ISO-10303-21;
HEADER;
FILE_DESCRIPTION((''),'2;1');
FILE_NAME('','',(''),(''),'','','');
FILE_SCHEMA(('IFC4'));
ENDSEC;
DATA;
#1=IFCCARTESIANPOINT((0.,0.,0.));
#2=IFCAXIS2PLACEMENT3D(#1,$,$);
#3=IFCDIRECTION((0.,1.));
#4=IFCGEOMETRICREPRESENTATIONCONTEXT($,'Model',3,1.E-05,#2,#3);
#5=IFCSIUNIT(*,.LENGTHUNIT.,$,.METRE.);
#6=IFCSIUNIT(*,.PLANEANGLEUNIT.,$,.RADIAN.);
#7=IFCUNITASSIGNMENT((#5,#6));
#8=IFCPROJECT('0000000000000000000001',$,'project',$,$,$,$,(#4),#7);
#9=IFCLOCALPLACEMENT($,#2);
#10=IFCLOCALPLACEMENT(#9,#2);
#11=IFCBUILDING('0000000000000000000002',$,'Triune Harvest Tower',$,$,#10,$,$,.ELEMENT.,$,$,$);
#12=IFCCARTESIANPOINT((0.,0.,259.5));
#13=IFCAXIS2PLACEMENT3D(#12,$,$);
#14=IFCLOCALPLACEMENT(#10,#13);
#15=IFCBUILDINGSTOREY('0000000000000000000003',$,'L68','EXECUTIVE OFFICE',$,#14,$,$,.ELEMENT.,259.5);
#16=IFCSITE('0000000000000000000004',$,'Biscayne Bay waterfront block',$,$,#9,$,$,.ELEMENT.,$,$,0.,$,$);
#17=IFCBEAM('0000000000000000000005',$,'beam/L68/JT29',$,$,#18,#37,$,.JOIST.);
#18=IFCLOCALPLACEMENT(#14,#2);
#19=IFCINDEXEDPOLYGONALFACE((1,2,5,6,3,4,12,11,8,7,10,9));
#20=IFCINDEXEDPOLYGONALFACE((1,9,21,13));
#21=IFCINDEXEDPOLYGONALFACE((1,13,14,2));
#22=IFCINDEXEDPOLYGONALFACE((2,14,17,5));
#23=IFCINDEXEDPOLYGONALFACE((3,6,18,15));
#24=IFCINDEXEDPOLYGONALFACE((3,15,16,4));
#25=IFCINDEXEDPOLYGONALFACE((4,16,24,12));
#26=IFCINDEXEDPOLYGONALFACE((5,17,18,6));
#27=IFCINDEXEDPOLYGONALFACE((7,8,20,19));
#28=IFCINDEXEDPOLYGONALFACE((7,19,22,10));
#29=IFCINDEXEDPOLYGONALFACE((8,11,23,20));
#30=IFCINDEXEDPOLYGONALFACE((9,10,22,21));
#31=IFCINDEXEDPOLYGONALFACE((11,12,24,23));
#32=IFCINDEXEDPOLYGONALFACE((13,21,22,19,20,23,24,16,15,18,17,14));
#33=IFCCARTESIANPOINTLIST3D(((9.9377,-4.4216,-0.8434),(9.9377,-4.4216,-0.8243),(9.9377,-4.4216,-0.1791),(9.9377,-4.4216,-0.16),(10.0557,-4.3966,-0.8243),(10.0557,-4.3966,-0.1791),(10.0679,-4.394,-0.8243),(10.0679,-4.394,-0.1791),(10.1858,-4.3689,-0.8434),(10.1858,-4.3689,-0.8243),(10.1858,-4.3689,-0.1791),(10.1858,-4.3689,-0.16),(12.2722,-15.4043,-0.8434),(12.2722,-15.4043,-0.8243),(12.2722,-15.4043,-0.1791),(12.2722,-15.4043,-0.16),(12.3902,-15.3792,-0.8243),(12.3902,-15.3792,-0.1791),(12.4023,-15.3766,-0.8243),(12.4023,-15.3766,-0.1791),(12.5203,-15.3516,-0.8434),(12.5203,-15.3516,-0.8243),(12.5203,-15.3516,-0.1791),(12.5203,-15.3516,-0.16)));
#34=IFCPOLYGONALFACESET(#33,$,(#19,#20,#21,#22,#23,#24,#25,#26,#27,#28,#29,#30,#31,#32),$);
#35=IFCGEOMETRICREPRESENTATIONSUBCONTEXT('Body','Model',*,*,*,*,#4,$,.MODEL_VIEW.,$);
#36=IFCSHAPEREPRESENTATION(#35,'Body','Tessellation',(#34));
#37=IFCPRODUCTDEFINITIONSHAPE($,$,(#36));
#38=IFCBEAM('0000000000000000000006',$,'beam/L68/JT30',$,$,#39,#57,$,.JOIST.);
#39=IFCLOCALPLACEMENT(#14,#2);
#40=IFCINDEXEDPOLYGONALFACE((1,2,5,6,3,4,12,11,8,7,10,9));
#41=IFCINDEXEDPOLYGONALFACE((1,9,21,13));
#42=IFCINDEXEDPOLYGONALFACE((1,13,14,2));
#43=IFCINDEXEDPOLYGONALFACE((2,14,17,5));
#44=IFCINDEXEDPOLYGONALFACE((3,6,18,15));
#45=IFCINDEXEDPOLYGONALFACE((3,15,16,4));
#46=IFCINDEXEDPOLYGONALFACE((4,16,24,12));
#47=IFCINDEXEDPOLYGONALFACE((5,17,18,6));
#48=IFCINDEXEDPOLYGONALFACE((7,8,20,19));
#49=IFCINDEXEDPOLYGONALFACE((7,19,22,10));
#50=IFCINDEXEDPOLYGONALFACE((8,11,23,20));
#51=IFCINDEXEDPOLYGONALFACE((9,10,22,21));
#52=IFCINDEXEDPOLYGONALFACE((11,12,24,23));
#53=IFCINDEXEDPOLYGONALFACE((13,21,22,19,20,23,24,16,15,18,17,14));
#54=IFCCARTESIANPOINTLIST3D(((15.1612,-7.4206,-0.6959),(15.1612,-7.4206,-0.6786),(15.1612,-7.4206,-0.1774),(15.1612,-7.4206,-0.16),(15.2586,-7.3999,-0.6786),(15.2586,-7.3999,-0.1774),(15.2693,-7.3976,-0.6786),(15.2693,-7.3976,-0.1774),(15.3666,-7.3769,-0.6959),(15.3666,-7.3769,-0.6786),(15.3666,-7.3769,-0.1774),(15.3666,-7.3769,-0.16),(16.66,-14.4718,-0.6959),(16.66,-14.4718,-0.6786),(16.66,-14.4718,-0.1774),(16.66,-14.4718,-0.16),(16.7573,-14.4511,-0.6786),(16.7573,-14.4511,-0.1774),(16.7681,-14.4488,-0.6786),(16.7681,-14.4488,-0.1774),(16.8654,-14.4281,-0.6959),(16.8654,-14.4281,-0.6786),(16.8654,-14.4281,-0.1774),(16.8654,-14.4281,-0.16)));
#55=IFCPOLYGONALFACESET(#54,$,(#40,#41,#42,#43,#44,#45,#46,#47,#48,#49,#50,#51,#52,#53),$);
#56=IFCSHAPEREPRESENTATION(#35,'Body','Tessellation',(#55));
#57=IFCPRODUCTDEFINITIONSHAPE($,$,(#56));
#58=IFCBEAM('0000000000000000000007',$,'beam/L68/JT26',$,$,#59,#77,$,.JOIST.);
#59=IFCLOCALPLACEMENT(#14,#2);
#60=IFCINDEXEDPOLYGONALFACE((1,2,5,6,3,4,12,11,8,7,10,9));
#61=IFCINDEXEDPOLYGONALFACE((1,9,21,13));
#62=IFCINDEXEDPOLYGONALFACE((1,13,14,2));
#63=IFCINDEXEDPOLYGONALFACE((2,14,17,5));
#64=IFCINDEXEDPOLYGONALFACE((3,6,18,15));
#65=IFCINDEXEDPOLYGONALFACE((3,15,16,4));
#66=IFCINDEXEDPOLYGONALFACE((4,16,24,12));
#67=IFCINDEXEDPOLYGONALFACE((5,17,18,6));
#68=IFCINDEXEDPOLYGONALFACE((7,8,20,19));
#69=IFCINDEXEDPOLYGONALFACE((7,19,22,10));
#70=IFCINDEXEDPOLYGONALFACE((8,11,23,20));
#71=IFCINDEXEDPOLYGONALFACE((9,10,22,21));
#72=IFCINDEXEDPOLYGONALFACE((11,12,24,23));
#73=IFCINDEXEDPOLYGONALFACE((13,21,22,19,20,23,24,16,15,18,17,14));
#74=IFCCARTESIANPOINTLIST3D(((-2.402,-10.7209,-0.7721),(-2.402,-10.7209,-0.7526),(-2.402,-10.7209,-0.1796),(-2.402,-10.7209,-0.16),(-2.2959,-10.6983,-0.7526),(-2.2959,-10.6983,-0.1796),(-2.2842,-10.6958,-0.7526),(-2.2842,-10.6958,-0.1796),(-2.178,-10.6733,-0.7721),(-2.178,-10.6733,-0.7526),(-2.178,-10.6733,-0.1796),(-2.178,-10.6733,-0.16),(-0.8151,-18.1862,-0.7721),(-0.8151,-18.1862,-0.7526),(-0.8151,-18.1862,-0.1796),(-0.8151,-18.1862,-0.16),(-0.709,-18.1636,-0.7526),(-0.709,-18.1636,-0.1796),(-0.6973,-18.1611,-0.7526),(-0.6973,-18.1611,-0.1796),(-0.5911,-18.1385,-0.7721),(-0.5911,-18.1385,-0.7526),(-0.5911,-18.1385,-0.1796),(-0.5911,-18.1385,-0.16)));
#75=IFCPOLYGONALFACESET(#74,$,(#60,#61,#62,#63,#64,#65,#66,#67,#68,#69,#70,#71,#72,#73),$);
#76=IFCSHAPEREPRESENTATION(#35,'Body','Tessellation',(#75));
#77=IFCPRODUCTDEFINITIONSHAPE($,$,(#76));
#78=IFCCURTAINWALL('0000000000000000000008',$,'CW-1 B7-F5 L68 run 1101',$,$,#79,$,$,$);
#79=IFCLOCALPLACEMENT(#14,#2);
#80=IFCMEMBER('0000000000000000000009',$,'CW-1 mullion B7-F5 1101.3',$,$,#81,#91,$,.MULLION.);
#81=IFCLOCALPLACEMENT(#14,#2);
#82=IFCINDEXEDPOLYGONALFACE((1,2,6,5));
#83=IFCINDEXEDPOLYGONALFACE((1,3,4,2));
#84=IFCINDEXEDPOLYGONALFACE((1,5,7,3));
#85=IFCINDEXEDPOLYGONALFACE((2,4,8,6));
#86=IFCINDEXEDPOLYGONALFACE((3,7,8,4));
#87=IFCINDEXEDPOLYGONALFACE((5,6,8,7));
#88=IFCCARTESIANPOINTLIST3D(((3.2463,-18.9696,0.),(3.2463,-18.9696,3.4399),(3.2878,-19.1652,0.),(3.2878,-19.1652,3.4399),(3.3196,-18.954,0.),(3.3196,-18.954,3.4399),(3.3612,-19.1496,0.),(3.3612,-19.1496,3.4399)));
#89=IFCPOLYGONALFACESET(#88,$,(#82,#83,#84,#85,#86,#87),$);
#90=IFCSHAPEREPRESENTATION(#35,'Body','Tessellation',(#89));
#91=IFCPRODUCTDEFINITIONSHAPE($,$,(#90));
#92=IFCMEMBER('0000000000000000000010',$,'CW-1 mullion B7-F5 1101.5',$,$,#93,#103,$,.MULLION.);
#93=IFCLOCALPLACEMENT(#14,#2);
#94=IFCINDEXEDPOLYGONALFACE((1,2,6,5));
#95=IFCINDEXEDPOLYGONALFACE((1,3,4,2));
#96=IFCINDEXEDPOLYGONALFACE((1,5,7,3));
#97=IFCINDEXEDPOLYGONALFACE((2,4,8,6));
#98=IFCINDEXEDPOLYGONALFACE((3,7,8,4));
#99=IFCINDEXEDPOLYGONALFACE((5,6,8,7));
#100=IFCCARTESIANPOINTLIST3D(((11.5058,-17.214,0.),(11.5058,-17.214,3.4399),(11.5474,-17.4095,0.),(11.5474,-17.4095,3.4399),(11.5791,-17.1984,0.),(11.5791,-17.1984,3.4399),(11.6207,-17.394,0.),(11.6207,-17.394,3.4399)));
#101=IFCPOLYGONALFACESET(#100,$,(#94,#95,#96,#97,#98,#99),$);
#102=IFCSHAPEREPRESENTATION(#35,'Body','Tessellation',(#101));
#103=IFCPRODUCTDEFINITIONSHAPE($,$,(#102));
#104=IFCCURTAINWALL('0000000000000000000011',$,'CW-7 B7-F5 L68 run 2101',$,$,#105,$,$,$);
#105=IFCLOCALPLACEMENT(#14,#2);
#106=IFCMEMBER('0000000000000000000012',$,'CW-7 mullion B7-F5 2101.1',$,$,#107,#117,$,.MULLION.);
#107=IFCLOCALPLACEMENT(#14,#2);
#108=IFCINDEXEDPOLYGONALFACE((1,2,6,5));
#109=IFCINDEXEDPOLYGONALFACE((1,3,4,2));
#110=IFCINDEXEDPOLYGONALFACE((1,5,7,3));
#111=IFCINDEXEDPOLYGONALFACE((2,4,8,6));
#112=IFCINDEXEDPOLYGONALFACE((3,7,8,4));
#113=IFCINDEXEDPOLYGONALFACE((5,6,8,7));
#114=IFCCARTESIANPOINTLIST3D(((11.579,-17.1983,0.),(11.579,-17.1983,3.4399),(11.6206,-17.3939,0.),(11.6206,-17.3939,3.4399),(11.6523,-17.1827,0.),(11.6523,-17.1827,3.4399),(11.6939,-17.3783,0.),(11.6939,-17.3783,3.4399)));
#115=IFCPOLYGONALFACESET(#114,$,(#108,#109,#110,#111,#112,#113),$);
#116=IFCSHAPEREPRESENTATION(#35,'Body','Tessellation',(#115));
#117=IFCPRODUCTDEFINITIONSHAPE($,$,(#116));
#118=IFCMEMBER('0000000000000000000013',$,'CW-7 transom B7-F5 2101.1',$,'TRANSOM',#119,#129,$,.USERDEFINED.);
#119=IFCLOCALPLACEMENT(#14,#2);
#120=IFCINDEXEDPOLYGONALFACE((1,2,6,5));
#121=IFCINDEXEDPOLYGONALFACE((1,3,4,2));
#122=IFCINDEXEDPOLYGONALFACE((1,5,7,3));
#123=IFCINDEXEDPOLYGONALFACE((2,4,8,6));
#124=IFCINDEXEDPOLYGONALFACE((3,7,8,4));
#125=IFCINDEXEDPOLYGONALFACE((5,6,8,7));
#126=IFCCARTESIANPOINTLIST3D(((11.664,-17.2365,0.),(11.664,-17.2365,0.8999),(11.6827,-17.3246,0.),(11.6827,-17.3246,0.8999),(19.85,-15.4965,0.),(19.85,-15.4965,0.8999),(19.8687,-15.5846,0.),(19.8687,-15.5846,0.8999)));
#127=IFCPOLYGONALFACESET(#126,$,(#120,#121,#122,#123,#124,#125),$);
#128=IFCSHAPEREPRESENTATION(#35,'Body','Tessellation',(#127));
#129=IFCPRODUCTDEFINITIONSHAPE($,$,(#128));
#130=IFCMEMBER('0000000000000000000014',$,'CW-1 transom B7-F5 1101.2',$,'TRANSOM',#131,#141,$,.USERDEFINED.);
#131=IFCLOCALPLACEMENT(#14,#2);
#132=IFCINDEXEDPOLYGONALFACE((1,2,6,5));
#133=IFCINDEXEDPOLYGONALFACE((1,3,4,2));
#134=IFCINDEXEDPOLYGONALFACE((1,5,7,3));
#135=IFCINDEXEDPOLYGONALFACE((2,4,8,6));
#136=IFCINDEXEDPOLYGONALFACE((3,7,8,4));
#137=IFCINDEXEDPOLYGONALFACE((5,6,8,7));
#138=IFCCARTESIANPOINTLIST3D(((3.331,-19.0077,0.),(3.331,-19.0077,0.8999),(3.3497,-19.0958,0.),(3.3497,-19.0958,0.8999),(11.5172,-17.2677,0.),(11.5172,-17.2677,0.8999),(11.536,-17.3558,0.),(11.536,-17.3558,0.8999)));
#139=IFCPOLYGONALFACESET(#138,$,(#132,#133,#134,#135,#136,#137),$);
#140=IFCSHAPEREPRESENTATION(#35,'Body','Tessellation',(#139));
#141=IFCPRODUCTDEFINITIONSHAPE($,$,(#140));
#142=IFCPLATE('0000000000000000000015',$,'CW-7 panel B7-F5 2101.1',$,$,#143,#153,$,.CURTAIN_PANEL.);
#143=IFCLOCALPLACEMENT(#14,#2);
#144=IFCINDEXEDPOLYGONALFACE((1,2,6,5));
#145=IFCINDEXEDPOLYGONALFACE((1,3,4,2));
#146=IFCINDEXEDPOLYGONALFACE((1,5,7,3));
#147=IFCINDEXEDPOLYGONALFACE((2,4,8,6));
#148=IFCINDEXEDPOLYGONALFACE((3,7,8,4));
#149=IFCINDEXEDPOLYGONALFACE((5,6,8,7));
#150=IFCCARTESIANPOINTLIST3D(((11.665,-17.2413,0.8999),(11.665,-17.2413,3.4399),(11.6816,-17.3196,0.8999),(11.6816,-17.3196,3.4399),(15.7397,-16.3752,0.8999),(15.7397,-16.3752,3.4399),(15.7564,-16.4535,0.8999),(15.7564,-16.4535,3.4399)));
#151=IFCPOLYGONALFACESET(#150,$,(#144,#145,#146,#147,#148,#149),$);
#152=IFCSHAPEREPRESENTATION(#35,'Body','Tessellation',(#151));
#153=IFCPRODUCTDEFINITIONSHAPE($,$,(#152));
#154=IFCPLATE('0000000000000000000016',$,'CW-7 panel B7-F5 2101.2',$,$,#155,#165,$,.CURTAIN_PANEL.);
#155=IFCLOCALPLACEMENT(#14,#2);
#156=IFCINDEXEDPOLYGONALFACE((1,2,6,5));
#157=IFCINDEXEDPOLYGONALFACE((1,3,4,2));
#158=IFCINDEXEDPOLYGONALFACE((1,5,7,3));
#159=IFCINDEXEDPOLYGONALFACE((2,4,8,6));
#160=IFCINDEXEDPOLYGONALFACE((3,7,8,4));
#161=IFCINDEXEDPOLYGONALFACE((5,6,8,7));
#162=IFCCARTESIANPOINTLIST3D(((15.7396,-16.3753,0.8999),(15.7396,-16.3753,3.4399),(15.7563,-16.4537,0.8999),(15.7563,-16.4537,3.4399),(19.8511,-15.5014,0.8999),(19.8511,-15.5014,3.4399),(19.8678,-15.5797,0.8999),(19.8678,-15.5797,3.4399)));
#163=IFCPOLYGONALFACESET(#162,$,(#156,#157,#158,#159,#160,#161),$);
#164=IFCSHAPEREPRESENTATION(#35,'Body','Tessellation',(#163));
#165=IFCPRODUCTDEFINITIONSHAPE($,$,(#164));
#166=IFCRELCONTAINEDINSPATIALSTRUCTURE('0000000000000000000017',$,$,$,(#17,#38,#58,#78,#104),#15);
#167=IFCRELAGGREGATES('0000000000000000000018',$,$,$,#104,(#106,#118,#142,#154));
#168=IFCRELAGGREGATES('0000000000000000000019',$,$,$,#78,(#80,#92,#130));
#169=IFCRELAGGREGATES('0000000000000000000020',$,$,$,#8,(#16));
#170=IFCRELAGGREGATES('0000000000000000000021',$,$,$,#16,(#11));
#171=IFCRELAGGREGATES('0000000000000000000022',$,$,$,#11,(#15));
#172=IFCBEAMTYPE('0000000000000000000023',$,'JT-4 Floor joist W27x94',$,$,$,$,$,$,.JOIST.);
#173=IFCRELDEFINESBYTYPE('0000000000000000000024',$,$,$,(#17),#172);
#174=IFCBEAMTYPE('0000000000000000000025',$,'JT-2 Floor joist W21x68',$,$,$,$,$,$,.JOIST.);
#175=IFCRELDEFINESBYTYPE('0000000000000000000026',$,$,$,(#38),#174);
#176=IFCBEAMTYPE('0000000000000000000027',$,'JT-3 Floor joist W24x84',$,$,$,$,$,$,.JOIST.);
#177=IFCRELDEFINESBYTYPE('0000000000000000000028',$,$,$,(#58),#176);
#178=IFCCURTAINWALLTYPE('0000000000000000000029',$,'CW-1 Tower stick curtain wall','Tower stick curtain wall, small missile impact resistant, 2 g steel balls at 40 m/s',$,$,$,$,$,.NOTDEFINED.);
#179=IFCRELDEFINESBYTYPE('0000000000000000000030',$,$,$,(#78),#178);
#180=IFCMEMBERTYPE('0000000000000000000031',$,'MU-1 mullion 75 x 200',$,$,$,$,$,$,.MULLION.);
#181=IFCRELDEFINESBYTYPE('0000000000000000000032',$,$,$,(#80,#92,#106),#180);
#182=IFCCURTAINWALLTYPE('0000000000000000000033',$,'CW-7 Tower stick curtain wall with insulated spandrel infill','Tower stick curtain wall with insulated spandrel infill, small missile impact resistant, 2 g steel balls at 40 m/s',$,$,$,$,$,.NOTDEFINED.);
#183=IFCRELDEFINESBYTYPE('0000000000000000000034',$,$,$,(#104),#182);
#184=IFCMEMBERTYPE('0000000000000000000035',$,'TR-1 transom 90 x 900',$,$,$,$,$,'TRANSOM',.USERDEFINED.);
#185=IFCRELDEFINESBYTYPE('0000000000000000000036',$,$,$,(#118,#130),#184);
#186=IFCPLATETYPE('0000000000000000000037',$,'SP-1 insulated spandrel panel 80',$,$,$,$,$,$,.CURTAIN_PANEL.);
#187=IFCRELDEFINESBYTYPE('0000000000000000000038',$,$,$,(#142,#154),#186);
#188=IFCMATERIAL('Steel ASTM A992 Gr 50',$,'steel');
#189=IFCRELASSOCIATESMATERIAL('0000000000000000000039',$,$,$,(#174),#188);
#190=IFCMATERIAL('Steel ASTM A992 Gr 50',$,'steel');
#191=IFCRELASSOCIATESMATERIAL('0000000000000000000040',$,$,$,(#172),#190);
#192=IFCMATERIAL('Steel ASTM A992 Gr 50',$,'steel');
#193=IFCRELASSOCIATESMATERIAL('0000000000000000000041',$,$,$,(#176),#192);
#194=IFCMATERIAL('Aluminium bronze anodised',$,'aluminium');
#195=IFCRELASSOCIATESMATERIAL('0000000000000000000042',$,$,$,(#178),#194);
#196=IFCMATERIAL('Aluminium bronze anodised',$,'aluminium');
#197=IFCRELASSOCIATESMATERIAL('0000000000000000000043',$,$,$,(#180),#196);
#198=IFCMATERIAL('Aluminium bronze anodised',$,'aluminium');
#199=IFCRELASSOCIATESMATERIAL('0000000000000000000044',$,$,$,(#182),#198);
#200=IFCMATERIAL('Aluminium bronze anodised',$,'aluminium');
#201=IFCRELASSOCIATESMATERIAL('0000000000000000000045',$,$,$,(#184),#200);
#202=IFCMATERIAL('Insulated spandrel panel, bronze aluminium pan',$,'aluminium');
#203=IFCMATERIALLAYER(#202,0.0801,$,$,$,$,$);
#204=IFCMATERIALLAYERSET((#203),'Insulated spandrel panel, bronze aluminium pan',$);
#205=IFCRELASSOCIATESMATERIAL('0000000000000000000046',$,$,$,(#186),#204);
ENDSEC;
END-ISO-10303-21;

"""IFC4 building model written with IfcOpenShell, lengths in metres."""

from ifc_helpers import new_model, si_unit, direction, frame, origin, origin_2d, place, context, subcontext, project, spatial, rectangle, i_section, extrude, source, transform, mapped, material, layer, layer_set, material_profile, profile_set, type_object, element, aggregate, save


model = new_model("IFC4")

# Units and contexts
model_context = context("Model", 3, precision=1e-05, world=origin(), true_north=direction((0.0, 1.0)))
body_context = subcontext(model_context, "Body", "Model", "MODEL_VIEW")
ifc_project = project(units=[si_unit("LENGTHUNIT", "METRE"), si_unit("PLANEANGLEUNIT", "RADIAN")], contexts=[model_context])

# Site, building, storey
site_placement = place(None, origin())
site = spatial("IfcSite", under=ifc_project, at=site_placement, Name="Biscayne Bay waterfront block", CompositionType="ELEMENT", RefElevation=0.0)
building_placement = place(site_placement, origin())
building = spatial("IfcBuilding", under=site, at=building_placement, Name="Triune Harvest Tower", CompositionType="ELEMENT")
storey_placement = place(building_placement, frame((0.0, 0.0, 259.5)))
storey = spatial("IfcBuildingStorey", under=building, at=storey_placement, Name="L68", Description="EXECUTIVE OFFICE", CompositionType="ELEMENT", Elevation=259.5)

# Beams
ifc_material_1 = material(Name="Steel ASTM A992 Gr 50", Category="steel")
ifc_material_profile_1 = material_profile(ifc_material_1, i_section(OverallWidth=0.21, OverallDepth=0.5359, WebThickness=0.011, FlangeThickness=0.0173, at=origin_2d()), Name="W21x68")
ifc_profile_set_1 = profile_set([ifc_material_profile_1], Name="Steel ASTM A992 Gr 50")
beam_type_1 = type_object("IfcBeamType", Name="JT-2 Floor joist W21x68", PredefinedType="JOIST", material=ifc_profile_set_1)
ifc_material_2 = material(Name="Steel ASTM A992 Gr 50", Category="steel")
ifc_material_profile_2 = material_profile(ifc_material_2, i_section(OverallWidth=0.2537, OverallDepth=0.6833, WebThickness=0.0125, FlangeThickness=0.019, at=origin_2d()), Name="W27x94")
ifc_profile_set_2 = profile_set([ifc_material_profile_2], Name="Steel ASTM A992 Gr 50")
beam_type_2 = type_object("IfcBeamType", Name="JT-4 Floor joist W27x94", PredefinedType="JOIST", material=ifc_profile_set_2)
shared_shape_1 = source(origin(), body_context, "Body", "SweptSolid", [
    extrude(i_section(OverallWidth=0.2537, OverallDepth=0.6833, WebThickness=0.0125, FlangeThickness=0.019, at=origin_2d()), origin(), (0.0, 0.0, 1.0), 11.228),
])
beam_1_placement = place(storey_placement, frame((12.3962, -15.3779, -0.5017), z_axis=(-0.207915, 0.978147, 0.0), x_axis=(-0.978147, -0.207915, 0.0)))
element("IfcBeam", 1, at=beam_1_placement, inside=storey, type_object=beam_type_2, Name="beam/L68/JT29", PredefinedType="JOIST", context=body_context, shape_type="MappedRepresentation", body=[
    mapped(shared_shape_1, transform((0.0, 0.0, 0.0), scale=1.0)),
])
shared_shape_2 = source(origin(), body_context, "Body", "SweptSolid", [
    extrude(i_section(OverallWidth=0.21, OverallDepth=0.5359, WebThickness=0.011, FlangeThickness=0.0173, at=origin_2d()), origin(), (0.0, 0.0, 1.0), 7.2087),
])
beam_2_placement = place(storey_placement, frame((16.7627, -14.45, -0.428), z_axis=(-0.20791, 0.978148, 0.0), x_axis=(-0.978148, -0.20791, 0.0)))
element("IfcBeam", 2, at=beam_2_placement, inside=storey, type_object=beam_type_1, Name="beam/L68/JT30", PredefinedType="JOIST", context=body_context, shape_type="MappedRepresentation", body=[
    mapped(shared_shape_2, transform((0.0, 0.0, 0.0), scale=1.0)),
])
ifc_material_3 = material(Name="Steel ASTM A992 Gr 50", Category="steel")
ifc_material_profile_3 = material_profile(ifc_material_3, i_section(OverallWidth=0.229, OverallDepth=0.6121, WebThickness=0.012, FlangeThickness=0.0195, at=origin_2d()), Name="W24x84")
ifc_profile_set_3 = profile_set([ifc_material_profile_3], Name="Steel ASTM A992 Gr 50")
beam_type_3 = type_object("IfcBeamType", Name="JT-3 Floor joist W24x84", PredefinedType="JOIST", material=ifc_profile_set_3)
shared_shape_3 = source(origin(), body_context, "Body", "SweptSolid", [
    extrude(i_section(OverallWidth=0.229, OverallDepth=0.6121, WebThickness=0.012, FlangeThickness=0.0195, at=origin_2d()), origin(), (0.0, 0.0, 1.0), 7.6321),
])
beam_3_placement = place(storey_placement, frame((-0.7031, -18.1624, -0.4661), z_axis=(-0.207925, 0.978145, 0.0), x_axis=(-0.978145, -0.207925, 0.0)))
element("IfcBeam", 3, at=beam_3_placement, inside=storey, type_object=beam_type_3, Name="beam/L68/JT26", PredefinedType="JOIST", context=body_context, shape_type="MappedRepresentation", body=[
    mapped(shared_shape_3, transform((0.0, 0.0, 0.0), scale=1.0)),
])

# Curtain walls, members
ifc_material_4 = material(Name="Aluminium bronze anodised", Category="aluminium")
curtain_wall_type_1 = type_object("IfcCurtainWallType", Name="CW-1 Tower stick curtain wall", Description="Tower stick curtain wall, small missile impact resistant, 2 g steel balls at 40 m/s", PredefinedType="NOTDEFINED", material=ifc_material_4)
curtain_wall_1_placement = place(storey_placement, origin())
curtain_wall_1 = element("IfcCurtainWall", 4, at=curtain_wall_1_placement, inside=storey, type_object=curtain_wall_type_1, Name="CW-1 B7-F5 L68 run 1101")
ifc_material_5 = material(Name="Aluminium bronze anodised", Category="aluminium")
ifc_material_profile_4 = material_profile(ifc_material_5, rectangle(XDim=0.2, YDim=0.075, at=origin_2d()), Name="MU-1 mullion 75 x 200")
ifc_profile_set_4 = profile_set([ifc_material_profile_4], Name="Aluminium bronze anodised")
member_type_1 = type_object("IfcMemberType", Name="MU-1 mullion 75 x 200", PredefinedType="MULLION", material=ifc_profile_set_4)
shared_shape_4 = source(origin(), body_context, "Body", "SweptSolid", [
    extrude(rectangle(XDim=0.2, YDim=0.075, at=origin_2d()), origin(), (0.0, 0.0, 1.0), 3.4399),
])
member_1_placement = place(storey_placement, frame((3.3037, -19.0596, 0.0), z_axis=(0.0, 0.0, 1.0), x_axis=(-0.20791, 0.978148, 0.0)))
member_1 = element("IfcMember", 5, at=member_1_placement, type_object=member_type_1, Name="CW-1 mullion B7-F5 1101.3", PredefinedType="MULLION", context=body_context, shape_type="MappedRepresentation", body=[
    mapped(shared_shape_4, transform((0.0, 0.0, 0.0), scale=1.0)),
])
member_2_placement = place(storey_placement, frame((11.5632, -17.304, 0.0), z_axis=(0.0, 0.0, 1.0), x_axis=(-0.20791, 0.978148, 0.0)))
member_2 = element("IfcMember", 6, at=member_2_placement, type_object=member_type_1, Name="CW-1 mullion B7-F5 1101.5", PredefinedType="MULLION", context=body_context, shape_type="MappedRepresentation", body=[
    mapped(shared_shape_4, transform((0.0, 0.0, 0.0), scale=1.0)),
])
ifc_material_6 = material(Name="Aluminium bronze anodised", Category="aluminium")
curtain_wall_type_2 = type_object("IfcCurtainWallType", Name="CW-7 Tower stick curtain wall with insulated spandrel infill", Description="Tower stick curtain wall with insulated spandrel infill, small missile impact resistant, 2 g steel balls at 40 m/s", PredefinedType="NOTDEFINED", material=ifc_material_6)
curtain_wall_2_placement = place(storey_placement, origin())
curtain_wall_2 = element("IfcCurtainWall", 7, at=curtain_wall_2_placement, inside=storey, type_object=curtain_wall_type_2, Name="CW-7 B7-F5 L68 run 2101")
member_3_placement = place(storey_placement, frame((11.6365, -17.2883, 0.0), z_axis=(0.0, 0.0, 1.0), x_axis=(-0.20791, 0.978148, 0.0)))
member_3 = element("IfcMember", 8, at=member_3_placement, type_object=member_type_1, Name="CW-7 mullion B7-F5 2101.1", PredefinedType="MULLION", context=body_context, shape_type="MappedRepresentation", body=[
    mapped(shared_shape_4, transform((0.0, 0.0, 0.0), scale=1.0)),
])
ifc_material_7 = material(Name="Aluminium bronze anodised", Category="aluminium")
ifc_material_profile_5 = material_profile(ifc_material_7, rectangle(XDim=0.0901, YDim=0.8999, at=origin_2d()), Name="TR-1 transom 90 x 900")
ifc_profile_set_5 = profile_set([ifc_material_profile_5], Name="Aluminium bronze anodised")
member_type_2 = type_object("IfcMemberType", Name="TR-1 transom 90 x 900", ElementType="TRANSOM", PredefinedType="USERDEFINED", material=ifc_profile_set_5)
shared_shape_5 = source(origin(), body_context, "Body", "SweptSolid", [
    extrude(rectangle(XDim=0.0901, YDim=0.8999, at=origin_2d()), origin(), (0.0, 0.0, 1.0), 8.3689),
])
member_4_placement = place(storey_placement, frame((11.6733, -17.2805, 0.45), z_axis=(0.978148, 0.207911, 0.0), x_axis=(-0.207911, 0.978148, 0.0)))
member_4 = element("IfcMember", 9, at=member_4_placement, type_object=member_type_2, Name="CW-7 transom B7-F5 2101.1", ObjectType="TRANSOM", PredefinedType="USERDEFINED", context=body_context, shape_type="MappedRepresentation", body=[
    mapped(shared_shape_5, transform((0.0, 0.0, 0.0), scale=1.0)),
])

# Member
shared_shape_6 = source(origin(), body_context, "Body", "SweptSolid", [
    extrude(rectangle(XDim=0.0901, YDim=0.8999, at=origin_2d()), origin(), (0.0, 0.0, 1.0), 8.3691),
])
member_5_placement = place(storey_placement, frame((3.3403, -19.0518, 0.45), z_axis=(0.978149, 0.207905, 0.0), x_axis=(-0.207905, 0.978149, 0.0)))
member_5 = element("IfcMember", 10, at=member_5_placement, type_object=member_type_2, Name="CW-1 transom B7-F5 1101.2", ObjectType="TRANSOM", PredefinedType="USERDEFINED", context=body_context, shape_type="MappedRepresentation", body=[
    mapped(shared_shape_6, transform((0.0, 0.0, 0.0), scale=1.0)),
])

# Plates
ifc_material_8 = material(Name="Insulated spandrel panel, bronze aluminium pan", Category="aluminium")
ifc_layer_1 = layer(ifc_material_8, 0.0801)
ifc_layer_set_1 = layer_set([ifc_layer_1], Name="Insulated spandrel panel, bronze aluminium pan")
plate_type_1 = type_object("IfcPlateType", Name="SP-1 insulated spandrel panel 80", PredefinedType="CURTAIN_PANEL", material=ifc_layer_set_1)
shared_shape_7 = source(origin(), body_context, "Body", "SweptSolid", [
    extrude(rectangle(XDim=4.1658, YDim=0.0801, at=origin_2d()), origin(), (0.0, 0.0, 1.0), 2.54),
])
plate_1_placement = place(storey_placement, frame((13.7107, -16.8474, 0.8999), z_axis=(0.0, 0.0, 1.0), x_axis=(0.978148, 0.20791, 0.0)))
plate_1 = element("IfcPlate", 11, at=plate_1_placement, type_object=plate_type_1, Name="CW-7 panel B7-F5 2101.1", PredefinedType="CURTAIN_PANEL", context=body_context, shape_type="MappedRepresentation", body=[
    mapped(shared_shape_7, transform((0.0, 0.0, 0.0), scale=1.0)),
])
shared_shape_8 = source(origin(), body_context, "Body", "SweptSolid", [
    extrude(rectangle(XDim=4.2034, YDim=0.0801, at=origin_2d()), origin(), (0.0, 0.0, 1.0), 2.54),
])
plate_2_placement = place(storey_placement, frame((17.8037, -15.9775, 0.8999), z_axis=(0.0, 0.0, 1.0), x_axis=(0.978148, 0.20791, 0.0)))
plate_2 = element("IfcPlate", 12, at=plate_2_placement, type_object=plate_type_1, Name="CW-7 panel B7-F5 2101.2", PredefinedType="CURTAIN_PANEL", context=body_context, shape_type="MappedRepresentation", body=[
    mapped(shared_shape_8, transform((0.0, 0.0, 0.0), scale=1.0)),
])
aggregate(curtain_wall_2, [member_3, member_4, plate_1, plate_2])
aggregate(curtain_wall_1, [member_1, member_2, member_5])

save(model, "model.ifc")
